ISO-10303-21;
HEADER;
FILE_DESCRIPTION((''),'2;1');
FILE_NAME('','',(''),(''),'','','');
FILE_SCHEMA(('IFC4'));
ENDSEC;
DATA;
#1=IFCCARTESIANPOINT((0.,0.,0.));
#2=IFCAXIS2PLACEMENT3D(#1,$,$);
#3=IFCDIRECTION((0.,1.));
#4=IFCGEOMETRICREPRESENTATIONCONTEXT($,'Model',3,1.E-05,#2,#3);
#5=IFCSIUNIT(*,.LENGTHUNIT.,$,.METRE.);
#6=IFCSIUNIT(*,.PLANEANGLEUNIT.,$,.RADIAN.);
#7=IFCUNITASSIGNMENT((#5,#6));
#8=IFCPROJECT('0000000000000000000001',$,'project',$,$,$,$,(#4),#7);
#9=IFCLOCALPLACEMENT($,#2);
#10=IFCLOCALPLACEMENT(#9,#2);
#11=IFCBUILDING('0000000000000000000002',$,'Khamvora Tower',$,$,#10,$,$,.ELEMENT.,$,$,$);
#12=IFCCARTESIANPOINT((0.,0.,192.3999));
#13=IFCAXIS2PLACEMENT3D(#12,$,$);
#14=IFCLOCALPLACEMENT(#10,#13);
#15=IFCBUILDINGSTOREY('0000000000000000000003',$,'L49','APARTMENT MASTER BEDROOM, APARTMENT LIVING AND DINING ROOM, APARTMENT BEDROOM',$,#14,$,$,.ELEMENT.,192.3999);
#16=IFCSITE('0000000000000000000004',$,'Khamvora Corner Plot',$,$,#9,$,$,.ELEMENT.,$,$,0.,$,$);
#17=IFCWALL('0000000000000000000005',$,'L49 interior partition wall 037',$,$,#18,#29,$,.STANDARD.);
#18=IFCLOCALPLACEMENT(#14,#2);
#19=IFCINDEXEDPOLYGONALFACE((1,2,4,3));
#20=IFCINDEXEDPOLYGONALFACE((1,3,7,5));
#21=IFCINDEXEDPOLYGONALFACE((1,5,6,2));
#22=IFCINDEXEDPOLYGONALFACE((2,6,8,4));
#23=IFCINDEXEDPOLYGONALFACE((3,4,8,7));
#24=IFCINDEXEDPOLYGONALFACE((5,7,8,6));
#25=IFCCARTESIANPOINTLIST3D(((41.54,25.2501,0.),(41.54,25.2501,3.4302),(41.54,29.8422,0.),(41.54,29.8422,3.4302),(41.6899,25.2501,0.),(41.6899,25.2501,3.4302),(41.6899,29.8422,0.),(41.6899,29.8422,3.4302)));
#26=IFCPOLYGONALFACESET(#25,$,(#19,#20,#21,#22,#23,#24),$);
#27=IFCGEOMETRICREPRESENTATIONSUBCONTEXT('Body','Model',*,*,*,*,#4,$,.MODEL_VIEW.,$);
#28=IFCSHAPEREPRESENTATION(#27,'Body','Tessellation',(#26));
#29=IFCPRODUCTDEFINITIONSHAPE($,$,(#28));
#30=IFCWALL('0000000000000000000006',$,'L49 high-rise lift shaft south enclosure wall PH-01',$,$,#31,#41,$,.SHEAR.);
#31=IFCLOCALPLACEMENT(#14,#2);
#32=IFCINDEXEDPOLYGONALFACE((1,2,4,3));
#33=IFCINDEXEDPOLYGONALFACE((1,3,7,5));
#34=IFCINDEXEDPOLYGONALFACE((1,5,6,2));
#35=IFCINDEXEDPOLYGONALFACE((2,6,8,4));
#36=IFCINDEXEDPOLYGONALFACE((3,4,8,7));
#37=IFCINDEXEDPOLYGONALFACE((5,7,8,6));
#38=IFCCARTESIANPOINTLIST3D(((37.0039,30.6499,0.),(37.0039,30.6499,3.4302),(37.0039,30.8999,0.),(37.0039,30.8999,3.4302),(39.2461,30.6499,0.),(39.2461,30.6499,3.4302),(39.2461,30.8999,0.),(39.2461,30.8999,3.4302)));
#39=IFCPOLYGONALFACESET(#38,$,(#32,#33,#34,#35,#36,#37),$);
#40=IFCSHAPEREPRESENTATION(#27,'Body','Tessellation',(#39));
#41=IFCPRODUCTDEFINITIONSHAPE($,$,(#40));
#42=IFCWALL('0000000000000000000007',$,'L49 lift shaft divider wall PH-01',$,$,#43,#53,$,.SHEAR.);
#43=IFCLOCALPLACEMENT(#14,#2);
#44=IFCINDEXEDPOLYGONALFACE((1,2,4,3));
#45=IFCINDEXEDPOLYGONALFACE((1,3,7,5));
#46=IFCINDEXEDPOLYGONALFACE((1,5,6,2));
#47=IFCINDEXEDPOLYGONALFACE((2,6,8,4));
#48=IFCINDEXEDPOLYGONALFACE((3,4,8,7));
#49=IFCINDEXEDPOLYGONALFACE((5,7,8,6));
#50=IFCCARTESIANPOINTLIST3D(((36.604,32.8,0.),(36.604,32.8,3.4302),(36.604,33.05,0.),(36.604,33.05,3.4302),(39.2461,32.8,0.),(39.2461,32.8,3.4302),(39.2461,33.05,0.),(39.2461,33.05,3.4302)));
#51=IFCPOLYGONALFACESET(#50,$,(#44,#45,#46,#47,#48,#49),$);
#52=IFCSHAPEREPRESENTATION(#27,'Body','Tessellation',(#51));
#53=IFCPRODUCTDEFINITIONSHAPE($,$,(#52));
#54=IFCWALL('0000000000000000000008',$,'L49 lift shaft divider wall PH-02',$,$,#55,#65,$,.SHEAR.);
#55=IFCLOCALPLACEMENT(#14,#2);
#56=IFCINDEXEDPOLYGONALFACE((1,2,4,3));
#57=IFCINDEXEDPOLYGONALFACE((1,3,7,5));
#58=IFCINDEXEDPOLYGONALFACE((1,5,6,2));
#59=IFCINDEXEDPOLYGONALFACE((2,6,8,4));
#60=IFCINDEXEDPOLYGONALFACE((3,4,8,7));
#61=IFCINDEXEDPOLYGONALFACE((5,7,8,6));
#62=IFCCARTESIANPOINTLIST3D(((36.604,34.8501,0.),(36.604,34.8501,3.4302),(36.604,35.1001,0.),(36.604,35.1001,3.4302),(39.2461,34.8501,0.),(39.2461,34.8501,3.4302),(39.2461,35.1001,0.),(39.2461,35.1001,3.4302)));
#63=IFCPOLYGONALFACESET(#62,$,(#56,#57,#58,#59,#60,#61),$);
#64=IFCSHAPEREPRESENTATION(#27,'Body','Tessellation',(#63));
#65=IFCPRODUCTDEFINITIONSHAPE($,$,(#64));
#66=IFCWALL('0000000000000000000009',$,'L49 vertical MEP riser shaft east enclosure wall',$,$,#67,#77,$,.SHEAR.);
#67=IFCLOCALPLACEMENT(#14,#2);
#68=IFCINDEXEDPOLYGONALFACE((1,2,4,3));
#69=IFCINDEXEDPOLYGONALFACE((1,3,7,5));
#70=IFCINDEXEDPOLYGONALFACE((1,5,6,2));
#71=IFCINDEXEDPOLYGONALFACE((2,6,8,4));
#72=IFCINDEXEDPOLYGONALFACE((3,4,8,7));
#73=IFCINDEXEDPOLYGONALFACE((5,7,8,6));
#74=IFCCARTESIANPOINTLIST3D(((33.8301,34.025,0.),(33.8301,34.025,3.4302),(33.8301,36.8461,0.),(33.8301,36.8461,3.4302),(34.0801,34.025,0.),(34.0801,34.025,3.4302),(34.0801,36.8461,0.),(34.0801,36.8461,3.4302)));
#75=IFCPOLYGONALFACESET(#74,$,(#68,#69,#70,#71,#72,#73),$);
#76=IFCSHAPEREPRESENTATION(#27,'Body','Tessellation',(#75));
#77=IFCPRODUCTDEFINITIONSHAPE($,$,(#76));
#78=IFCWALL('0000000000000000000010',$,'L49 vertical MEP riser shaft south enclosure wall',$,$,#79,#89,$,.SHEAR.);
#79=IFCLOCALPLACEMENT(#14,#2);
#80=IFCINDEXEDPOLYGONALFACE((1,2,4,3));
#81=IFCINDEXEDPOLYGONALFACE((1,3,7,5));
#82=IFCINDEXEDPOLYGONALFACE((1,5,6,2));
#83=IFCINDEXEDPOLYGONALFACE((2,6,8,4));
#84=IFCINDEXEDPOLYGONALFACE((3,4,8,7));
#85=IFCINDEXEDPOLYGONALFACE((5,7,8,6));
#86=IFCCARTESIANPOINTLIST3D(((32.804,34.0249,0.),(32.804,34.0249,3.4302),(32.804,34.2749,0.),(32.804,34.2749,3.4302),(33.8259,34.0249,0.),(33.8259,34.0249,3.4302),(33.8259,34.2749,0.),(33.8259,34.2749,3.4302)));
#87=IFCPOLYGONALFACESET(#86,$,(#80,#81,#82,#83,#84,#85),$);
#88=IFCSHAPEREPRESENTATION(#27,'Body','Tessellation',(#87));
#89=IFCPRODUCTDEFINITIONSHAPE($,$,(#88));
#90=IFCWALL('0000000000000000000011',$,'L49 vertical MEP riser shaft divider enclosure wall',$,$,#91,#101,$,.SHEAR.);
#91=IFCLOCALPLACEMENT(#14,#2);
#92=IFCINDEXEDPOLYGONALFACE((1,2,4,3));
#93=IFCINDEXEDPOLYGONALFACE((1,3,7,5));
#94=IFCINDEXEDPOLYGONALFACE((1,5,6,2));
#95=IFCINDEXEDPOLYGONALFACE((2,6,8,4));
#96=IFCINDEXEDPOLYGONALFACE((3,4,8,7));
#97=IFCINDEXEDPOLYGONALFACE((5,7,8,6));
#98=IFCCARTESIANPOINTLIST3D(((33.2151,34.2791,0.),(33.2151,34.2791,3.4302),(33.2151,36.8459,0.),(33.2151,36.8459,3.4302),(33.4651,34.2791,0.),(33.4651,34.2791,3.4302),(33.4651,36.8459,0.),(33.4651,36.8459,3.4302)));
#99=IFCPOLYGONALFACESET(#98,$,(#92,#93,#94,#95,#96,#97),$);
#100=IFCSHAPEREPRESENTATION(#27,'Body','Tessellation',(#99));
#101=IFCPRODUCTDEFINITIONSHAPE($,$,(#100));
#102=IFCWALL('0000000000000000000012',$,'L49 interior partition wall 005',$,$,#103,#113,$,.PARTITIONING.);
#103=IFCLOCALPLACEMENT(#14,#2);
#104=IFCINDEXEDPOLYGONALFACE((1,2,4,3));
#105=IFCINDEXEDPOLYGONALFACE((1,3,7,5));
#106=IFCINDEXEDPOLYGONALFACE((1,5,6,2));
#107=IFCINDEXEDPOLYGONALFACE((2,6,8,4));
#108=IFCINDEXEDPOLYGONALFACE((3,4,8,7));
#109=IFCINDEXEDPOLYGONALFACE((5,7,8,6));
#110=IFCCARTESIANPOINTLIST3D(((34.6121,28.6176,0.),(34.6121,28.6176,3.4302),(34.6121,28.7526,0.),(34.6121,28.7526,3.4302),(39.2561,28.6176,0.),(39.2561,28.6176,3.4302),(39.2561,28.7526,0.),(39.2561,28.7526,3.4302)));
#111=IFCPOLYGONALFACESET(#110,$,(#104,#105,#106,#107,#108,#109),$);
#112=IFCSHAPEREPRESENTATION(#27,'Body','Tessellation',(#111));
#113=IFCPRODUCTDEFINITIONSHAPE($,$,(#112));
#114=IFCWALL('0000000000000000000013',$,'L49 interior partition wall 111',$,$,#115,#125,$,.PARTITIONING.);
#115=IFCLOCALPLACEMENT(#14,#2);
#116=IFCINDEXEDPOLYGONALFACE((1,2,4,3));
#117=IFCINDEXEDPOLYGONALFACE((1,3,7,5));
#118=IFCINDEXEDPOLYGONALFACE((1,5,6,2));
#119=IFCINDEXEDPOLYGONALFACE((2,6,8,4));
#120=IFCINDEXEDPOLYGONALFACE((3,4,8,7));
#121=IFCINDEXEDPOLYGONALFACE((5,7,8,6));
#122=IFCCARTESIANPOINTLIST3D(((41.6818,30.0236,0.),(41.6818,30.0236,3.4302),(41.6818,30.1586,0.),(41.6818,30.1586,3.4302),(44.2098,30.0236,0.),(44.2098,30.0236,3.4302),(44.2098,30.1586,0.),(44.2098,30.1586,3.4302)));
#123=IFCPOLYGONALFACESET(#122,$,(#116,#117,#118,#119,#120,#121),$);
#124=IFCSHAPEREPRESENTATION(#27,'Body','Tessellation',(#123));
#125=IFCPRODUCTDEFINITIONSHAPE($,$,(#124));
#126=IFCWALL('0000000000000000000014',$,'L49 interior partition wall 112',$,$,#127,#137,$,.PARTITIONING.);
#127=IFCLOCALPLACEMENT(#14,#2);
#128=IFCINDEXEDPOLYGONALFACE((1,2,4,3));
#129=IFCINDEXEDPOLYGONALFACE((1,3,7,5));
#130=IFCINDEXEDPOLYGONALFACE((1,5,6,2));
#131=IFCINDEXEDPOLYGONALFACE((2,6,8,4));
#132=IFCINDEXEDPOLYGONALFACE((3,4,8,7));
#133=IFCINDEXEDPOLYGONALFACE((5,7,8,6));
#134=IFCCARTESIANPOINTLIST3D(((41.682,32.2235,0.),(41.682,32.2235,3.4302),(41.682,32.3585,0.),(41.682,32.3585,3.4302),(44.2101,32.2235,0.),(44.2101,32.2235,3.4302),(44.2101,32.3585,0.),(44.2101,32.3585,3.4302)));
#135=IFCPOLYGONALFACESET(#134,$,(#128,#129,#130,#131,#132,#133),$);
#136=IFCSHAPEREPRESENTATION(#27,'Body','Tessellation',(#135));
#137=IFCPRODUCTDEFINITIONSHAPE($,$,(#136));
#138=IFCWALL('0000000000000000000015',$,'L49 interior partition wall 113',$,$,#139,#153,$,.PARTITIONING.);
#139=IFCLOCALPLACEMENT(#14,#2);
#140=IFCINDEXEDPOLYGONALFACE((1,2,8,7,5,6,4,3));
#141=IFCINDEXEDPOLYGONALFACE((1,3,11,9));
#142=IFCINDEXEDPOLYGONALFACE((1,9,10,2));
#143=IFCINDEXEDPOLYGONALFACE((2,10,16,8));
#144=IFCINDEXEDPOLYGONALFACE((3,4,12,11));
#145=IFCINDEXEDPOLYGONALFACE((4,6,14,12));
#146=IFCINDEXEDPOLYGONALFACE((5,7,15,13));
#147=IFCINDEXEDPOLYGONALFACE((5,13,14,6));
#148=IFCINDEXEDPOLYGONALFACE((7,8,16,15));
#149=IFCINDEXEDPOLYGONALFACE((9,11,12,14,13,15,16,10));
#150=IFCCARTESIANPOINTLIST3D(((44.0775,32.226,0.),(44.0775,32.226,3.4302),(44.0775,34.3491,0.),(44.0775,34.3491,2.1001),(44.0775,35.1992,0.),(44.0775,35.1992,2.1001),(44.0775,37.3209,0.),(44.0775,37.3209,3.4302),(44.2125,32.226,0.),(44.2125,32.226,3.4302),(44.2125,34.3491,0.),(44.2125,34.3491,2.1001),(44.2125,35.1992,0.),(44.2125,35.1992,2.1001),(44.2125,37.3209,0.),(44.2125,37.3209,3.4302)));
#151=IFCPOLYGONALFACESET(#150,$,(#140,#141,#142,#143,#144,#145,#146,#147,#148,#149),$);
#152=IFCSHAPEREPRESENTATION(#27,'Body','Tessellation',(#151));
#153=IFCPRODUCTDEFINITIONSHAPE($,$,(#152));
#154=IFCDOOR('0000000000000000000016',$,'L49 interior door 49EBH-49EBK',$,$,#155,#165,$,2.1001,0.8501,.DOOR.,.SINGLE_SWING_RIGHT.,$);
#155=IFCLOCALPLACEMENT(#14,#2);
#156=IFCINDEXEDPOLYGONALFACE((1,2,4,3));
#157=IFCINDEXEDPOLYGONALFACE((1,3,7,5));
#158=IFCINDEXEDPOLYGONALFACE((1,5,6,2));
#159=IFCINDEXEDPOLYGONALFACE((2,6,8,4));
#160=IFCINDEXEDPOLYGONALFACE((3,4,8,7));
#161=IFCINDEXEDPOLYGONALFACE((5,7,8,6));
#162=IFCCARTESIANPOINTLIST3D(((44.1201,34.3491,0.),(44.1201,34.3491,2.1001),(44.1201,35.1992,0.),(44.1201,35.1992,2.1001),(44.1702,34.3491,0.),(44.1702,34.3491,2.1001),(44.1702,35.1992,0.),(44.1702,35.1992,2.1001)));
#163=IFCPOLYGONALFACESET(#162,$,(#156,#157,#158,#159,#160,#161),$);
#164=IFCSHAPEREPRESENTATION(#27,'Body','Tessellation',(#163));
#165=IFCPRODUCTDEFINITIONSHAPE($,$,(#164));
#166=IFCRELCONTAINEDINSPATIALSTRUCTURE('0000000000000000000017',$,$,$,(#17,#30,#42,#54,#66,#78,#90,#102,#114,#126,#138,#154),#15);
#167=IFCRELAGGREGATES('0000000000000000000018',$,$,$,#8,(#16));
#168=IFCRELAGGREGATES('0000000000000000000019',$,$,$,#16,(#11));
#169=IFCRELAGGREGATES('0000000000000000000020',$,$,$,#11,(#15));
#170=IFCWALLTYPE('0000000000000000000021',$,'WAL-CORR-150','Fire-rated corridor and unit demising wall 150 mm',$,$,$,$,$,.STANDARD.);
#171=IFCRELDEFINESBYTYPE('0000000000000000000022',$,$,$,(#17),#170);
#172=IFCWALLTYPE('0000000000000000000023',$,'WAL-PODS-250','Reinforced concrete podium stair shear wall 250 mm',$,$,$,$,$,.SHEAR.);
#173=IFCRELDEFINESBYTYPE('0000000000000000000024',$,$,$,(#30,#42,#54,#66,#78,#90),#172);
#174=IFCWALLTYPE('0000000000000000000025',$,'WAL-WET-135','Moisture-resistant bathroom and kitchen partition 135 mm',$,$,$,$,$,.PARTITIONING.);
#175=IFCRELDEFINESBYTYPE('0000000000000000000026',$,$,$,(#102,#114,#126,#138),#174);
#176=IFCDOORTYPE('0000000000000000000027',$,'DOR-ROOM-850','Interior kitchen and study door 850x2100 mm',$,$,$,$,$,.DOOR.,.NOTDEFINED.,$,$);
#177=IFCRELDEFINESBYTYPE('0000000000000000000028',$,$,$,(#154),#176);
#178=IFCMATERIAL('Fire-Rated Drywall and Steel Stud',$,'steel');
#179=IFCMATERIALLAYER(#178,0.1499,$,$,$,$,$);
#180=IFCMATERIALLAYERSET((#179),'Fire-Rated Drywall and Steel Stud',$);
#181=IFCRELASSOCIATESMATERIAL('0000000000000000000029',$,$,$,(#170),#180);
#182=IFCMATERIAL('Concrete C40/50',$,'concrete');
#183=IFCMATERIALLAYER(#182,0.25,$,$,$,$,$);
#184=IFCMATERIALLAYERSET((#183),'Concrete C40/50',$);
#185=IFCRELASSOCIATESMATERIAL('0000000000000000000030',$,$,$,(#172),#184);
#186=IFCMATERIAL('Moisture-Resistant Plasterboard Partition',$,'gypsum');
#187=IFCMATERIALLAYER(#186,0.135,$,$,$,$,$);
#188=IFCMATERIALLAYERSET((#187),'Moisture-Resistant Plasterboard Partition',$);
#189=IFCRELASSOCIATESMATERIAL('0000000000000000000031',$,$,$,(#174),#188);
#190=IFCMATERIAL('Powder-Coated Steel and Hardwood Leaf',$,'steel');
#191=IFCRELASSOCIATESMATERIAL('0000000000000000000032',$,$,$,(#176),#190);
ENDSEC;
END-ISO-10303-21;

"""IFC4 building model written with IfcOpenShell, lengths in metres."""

from ifc_helpers import new_model, si_unit, direction, frame, frame_2d, origin, place, context, subcontext, project, spatial, rectangle, extrude, material, layer, layer_set, type_object, element, fill, save


model = new_model("IFC4")

# Units and contexts
model_context = context("Model", 3, precision=1e-05, world=origin(), true_north=direction((0.0, 1.0)))
body_context = subcontext(model_context, "Body", "Model", "MODEL_VIEW")
ifc_project = project(units=[si_unit("LENGTHUNIT", "METRE"), si_unit("PLANEANGLEUNIT", "RADIAN")], contexts=[model_context])

# Site, building, storey
site_placement = place(None, origin())
site = spatial("IfcSite", under=ifc_project, at=site_placement, Name="Khamvora Corner Plot", CompositionType="ELEMENT", RefElevation=0.0)
building_placement = place(site_placement, origin())
building = spatial("IfcBuilding", under=site, at=building_placement, Name="Khamvora Tower", CompositionType="ELEMENT")
storey_placement = place(building_placement, frame((0.0, 0.0, 192.3999)))
storey = spatial("IfcBuildingStorey", under=building, at=storey_placement, Name="L49", Description="APARTMENT MASTER BEDROOM, APARTMENT LIVING AND DINING ROOM, APARTMENT BEDROOM", CompositionType="ELEMENT", Elevation=192.3999)

# Shared definitions
ifc_material_1 = material(Name="Powder-Coated Steel and Hardwood Leaf", Category="steel")

# Shared definitions
ifc_material_2 = material(Name="Fire-Rated Drywall and Steel Stud", Category="steel")
ifc_layer_1 = layer(ifc_material_2, 0.1499)
ifc_layer_set_1 = layer_set([ifc_layer_1], Name="Fire-Rated Drywall and Steel Stud")
wall_type_1 = type_object("IfcWallType", Name="WAL-CORR-150", Description="Fire-rated corridor and unit demising wall 150 mm", PredefinedType="STANDARD", material=ifc_layer_set_1)

# Walls
wall_1_placement = place(storey_placement, frame((41.615, 29.842, 0.0), z_axis=(0.0, 0.0, 1.0), x_axis=(0.0, -1.0, 0.0)))
element("IfcWall", 1, at=wall_1_placement, inside=storey, type_object=wall_type_1, Name="L49 interior partition wall 037", PredefinedType="STANDARD", context=body_context, shape_type="SweptSolid", body=[
    extrude(rectangle(XDim=4.592, YDim=0.1499, at=frame_2d((2.2959, 0.0))), origin(), (0.0, 0.0, 1.0), 3.4302),
])
ifc_material_3 = material(Name="Concrete C40/50", Category="concrete")
ifc_layer_2 = layer(ifc_material_3, 0.25)
ifc_layer_set_2 = layer_set([ifc_layer_2], Name="Concrete C40/50")
wall_type_2 = type_object("IfcWallType", Name="WAL-PODS-250", Description="Reinforced concrete podium stair shear wall 250 mm", PredefinedType="SHEAR", material=ifc_layer_set_2)
wall_2_placement = place(storey_placement, frame((37.0039, 30.7749, 0.0), z_axis=(0.0, 0.0, 1.0), x_axis=(1.0, 0.0, 0.0)))
element("IfcWall", 2, at=wall_2_placement, inside=storey, type_object=wall_type_2, Name="L49 high-rise lift shaft south enclosure wall PH-01", PredefinedType="SHEAR", context=body_context, shape_type="SweptSolid", body=[
    extrude(rectangle(XDim=2.2422, YDim=0.25, at=frame_2d((1.1211, 0.0))), origin(), (0.0, 0.0, 1.0), 3.4302),
])
for number, where, z_axis, x_axis, name in (
    (3, (36.604, 32.925, 0.0), (0.0, 0.0, 1.0), (1.0, 0.0, 0.0), "L49 lift shaft divider wall PH-01"),
    (4, (36.604, 34.9751, 0.0), (0.0, 0.0, 1.0), (1.0, 0.0, 0.0), "L49 lift shaft divider wall PH-02"),
):
    element("IfcWall", number, at=place(storey_placement, frame(where, z_axis=z_axis, x_axis=x_axis)), inside=storey, type_object=wall_type_2, Name=name, PredefinedType="SHEAR", context=body_context, shape_type="SweptSolid", body=[
        extrude(rectangle(XDim=2.6421, YDim=0.25, at=frame_2d((1.321, 0.0))), origin(), (0.0, 0.0, 1.0), 3.4302),
    ])
wall_3_placement = place(storey_placement, frame((33.9551, 34.0249, 0.0), z_axis=(0.0, 0.0, 1.0), x_axis=(0.0, 1.0, 0.0)))
element("IfcWall", 5, at=wall_3_placement, inside=storey, type_object=wall_type_2, Name="L49 vertical MEP riser shaft east enclosure wall", PredefinedType="SHEAR", context=body_context, shape_type="SweptSolid", body=[
    extrude(rectangle(XDim=2.821, YDim=0.25, at=frame_2d((1.4106, 0.0))), origin(), (0.0, 0.0, 1.0), 3.4302),
])
wall_4_placement = place(storey_placement, frame((32.804, 34.1499, 0.0), z_axis=(0.0, 0.0, 1.0), x_axis=(1.0, 0.0, 0.0)))
element("IfcWall", 6, at=wall_4_placement, inside=storey, type_object=wall_type_2, Name="L49 vertical MEP riser shaft south enclosure wall", PredefinedType="SHEAR", context=body_context, shape_type="SweptSolid", body=[
    extrude(rectangle(XDim=1.022, YDim=0.25, at=frame_2d((0.511, 0.0))), origin(), (0.0, 0.0, 1.0), 3.4302),
])
wall_5_placement = place(storey_placement, frame((33.3401, 34.2791, 0.0), z_axis=(0.0, 0.0, 1.0), x_axis=(0.0, 1.0, 0.0)))
element("IfcWall", 7, at=wall_5_placement, inside=storey, type_object=wall_type_2, Name="L49 vertical MEP riser shaft divider enclosure wall", PredefinedType="SHEAR", context=body_context, shape_type="SweptSolid", body=[
    extrude(rectangle(XDim=2.5669, YDim=0.25, at=frame_2d((1.2834, 0.0))), origin(), (0.0, 0.0, 1.0), 3.4302),
])
ifc_material_4 = material(Name="Moisture-Resistant Plasterboard Partition", Category="gypsum")
ifc_layer_3 = layer(ifc_material_4, 0.135)
ifc_layer_set_3 = layer_set([ifc_layer_3], Name="Moisture-Resistant Plasterboard Partition")
wall_type_3 = type_object("IfcWallType", Name="WAL-WET-135", Description="Moisture-resistant bathroom and kitchen partition 135 mm", PredefinedType="PARTITIONING", material=ifc_layer_set_3)
wall_6_placement = place(storey_placement, frame((39.2561, 28.6851, 0.0), z_axis=(0.0, 0.0, 1.0), x_axis=(-1.0, 0.0, 0.0)))
element("IfcWall", 8, at=wall_6_placement, inside=storey, type_object=wall_type_3, Name="L49 interior partition wall 005", PredefinedType="PARTITIONING", context=body_context, shape_type="SweptSolid", body=[
    extrude(rectangle(XDim=4.644, YDim=0.135, at=frame_2d((2.322, 0.0))), origin(), (0.0, 0.0, 1.0), 3.4302),
])
for number, where, z_axis, x_axis, name in (
    (9, (44.21, 30.0911, 0.0), (0.0, 0.0, 1.0), (-1.0, 0.0, 0.0), "L49 interior partition wall 111"),
    (10, (41.6819, 32.291, 0.0), (0.0, 0.0, 1.0), (1.0, 0.0, 0.0), "L49 interior partition wall 112"),
):
    element("IfcWall", number, at=place(storey_placement, frame(where, z_axis=z_axis, x_axis=x_axis)), inside=storey, type_object=wall_type_3, Name=name, PredefinedType="PARTITIONING", context=body_context, shape_type="SweptSolid", body=[
        extrude(rectangle(XDim=2.5281, YDim=0.135, at=frame_2d((1.2642, 0.0))), origin(), (0.0, 0.0, 1.0), 3.4302),
    ])

# Wall, opening, door
wall_7_placement = place(storey_placement, frame((44.145, 32.2261, 0.0), z_axis=(0.0, 0.0, 1.0), x_axis=(0.0, 1.0, 0.0)))
wall_7 = element("IfcWall", 11, at=wall_7_placement, inside=storey, type_object=wall_type_3, Name="L49 interior partition wall 113", PredefinedType="PARTITIONING", context=body_context, shape_type="SweptSolid", body=[
    extrude(rectangle(XDim=5.095, YDim=0.135, at=frame_2d((2.5474, 0.0))), origin(), (0.0, 0.0, 1.0), 3.4302),
])
opening_1_placement = place(wall_7_placement, frame((2.123, 0.0, 0.0)))
opening_1 = element("IfcOpeningElement", 12, at=opening_1_placement, cuts=wall_7, PredefinedType="OPENING", context=body_context, shape_type="SweptSolid", body=[
    extrude(rectangle(XDim=0.8501, YDim=2.1001, at=frame_2d((0.425, 1.05))), frame((0.0, 0.0774, 0.0), z_axis=(0.0, -1.0, 0.0), x_axis=(1.0, 0.0, 0.0)), (0.0, 0.0, 1.0), 0.155),
])
door_type_1 = type_object("IfcDoorType", Name="DOR-ROOM-850", Description="Interior kitchen and study door 850x2100 mm", OperationType="NOTDEFINED", PredefinedType="DOOR", material=ifc_material_1)
door_1_placement = place(opening_1_placement, origin())
door_1 = element("IfcDoor", 13, at=door_1_placement, inside=storey, type_object=door_type_1, Name="L49 interior door 49EBH-49EBK", OperationType="SINGLE_SWING_RIGHT", OverallHeight=2.1001, OverallWidth=0.8501, PredefinedType="DOOR", context=body_context, shape_type="SweptSolid", body=[
    extrude(rectangle(XDim=0.8501, YDim=2.1001, at=frame_2d((0.425, 1.05))), frame((0.0, 0.0249, 0.0), z_axis=(0.0, -1.0, 0.0), x_axis=(1.0, 0.0, 0.0)), (0.0, 0.0, 1.0), 0.05),
])
fill(opening_1, door_1)

save(model, "model.ifc")
